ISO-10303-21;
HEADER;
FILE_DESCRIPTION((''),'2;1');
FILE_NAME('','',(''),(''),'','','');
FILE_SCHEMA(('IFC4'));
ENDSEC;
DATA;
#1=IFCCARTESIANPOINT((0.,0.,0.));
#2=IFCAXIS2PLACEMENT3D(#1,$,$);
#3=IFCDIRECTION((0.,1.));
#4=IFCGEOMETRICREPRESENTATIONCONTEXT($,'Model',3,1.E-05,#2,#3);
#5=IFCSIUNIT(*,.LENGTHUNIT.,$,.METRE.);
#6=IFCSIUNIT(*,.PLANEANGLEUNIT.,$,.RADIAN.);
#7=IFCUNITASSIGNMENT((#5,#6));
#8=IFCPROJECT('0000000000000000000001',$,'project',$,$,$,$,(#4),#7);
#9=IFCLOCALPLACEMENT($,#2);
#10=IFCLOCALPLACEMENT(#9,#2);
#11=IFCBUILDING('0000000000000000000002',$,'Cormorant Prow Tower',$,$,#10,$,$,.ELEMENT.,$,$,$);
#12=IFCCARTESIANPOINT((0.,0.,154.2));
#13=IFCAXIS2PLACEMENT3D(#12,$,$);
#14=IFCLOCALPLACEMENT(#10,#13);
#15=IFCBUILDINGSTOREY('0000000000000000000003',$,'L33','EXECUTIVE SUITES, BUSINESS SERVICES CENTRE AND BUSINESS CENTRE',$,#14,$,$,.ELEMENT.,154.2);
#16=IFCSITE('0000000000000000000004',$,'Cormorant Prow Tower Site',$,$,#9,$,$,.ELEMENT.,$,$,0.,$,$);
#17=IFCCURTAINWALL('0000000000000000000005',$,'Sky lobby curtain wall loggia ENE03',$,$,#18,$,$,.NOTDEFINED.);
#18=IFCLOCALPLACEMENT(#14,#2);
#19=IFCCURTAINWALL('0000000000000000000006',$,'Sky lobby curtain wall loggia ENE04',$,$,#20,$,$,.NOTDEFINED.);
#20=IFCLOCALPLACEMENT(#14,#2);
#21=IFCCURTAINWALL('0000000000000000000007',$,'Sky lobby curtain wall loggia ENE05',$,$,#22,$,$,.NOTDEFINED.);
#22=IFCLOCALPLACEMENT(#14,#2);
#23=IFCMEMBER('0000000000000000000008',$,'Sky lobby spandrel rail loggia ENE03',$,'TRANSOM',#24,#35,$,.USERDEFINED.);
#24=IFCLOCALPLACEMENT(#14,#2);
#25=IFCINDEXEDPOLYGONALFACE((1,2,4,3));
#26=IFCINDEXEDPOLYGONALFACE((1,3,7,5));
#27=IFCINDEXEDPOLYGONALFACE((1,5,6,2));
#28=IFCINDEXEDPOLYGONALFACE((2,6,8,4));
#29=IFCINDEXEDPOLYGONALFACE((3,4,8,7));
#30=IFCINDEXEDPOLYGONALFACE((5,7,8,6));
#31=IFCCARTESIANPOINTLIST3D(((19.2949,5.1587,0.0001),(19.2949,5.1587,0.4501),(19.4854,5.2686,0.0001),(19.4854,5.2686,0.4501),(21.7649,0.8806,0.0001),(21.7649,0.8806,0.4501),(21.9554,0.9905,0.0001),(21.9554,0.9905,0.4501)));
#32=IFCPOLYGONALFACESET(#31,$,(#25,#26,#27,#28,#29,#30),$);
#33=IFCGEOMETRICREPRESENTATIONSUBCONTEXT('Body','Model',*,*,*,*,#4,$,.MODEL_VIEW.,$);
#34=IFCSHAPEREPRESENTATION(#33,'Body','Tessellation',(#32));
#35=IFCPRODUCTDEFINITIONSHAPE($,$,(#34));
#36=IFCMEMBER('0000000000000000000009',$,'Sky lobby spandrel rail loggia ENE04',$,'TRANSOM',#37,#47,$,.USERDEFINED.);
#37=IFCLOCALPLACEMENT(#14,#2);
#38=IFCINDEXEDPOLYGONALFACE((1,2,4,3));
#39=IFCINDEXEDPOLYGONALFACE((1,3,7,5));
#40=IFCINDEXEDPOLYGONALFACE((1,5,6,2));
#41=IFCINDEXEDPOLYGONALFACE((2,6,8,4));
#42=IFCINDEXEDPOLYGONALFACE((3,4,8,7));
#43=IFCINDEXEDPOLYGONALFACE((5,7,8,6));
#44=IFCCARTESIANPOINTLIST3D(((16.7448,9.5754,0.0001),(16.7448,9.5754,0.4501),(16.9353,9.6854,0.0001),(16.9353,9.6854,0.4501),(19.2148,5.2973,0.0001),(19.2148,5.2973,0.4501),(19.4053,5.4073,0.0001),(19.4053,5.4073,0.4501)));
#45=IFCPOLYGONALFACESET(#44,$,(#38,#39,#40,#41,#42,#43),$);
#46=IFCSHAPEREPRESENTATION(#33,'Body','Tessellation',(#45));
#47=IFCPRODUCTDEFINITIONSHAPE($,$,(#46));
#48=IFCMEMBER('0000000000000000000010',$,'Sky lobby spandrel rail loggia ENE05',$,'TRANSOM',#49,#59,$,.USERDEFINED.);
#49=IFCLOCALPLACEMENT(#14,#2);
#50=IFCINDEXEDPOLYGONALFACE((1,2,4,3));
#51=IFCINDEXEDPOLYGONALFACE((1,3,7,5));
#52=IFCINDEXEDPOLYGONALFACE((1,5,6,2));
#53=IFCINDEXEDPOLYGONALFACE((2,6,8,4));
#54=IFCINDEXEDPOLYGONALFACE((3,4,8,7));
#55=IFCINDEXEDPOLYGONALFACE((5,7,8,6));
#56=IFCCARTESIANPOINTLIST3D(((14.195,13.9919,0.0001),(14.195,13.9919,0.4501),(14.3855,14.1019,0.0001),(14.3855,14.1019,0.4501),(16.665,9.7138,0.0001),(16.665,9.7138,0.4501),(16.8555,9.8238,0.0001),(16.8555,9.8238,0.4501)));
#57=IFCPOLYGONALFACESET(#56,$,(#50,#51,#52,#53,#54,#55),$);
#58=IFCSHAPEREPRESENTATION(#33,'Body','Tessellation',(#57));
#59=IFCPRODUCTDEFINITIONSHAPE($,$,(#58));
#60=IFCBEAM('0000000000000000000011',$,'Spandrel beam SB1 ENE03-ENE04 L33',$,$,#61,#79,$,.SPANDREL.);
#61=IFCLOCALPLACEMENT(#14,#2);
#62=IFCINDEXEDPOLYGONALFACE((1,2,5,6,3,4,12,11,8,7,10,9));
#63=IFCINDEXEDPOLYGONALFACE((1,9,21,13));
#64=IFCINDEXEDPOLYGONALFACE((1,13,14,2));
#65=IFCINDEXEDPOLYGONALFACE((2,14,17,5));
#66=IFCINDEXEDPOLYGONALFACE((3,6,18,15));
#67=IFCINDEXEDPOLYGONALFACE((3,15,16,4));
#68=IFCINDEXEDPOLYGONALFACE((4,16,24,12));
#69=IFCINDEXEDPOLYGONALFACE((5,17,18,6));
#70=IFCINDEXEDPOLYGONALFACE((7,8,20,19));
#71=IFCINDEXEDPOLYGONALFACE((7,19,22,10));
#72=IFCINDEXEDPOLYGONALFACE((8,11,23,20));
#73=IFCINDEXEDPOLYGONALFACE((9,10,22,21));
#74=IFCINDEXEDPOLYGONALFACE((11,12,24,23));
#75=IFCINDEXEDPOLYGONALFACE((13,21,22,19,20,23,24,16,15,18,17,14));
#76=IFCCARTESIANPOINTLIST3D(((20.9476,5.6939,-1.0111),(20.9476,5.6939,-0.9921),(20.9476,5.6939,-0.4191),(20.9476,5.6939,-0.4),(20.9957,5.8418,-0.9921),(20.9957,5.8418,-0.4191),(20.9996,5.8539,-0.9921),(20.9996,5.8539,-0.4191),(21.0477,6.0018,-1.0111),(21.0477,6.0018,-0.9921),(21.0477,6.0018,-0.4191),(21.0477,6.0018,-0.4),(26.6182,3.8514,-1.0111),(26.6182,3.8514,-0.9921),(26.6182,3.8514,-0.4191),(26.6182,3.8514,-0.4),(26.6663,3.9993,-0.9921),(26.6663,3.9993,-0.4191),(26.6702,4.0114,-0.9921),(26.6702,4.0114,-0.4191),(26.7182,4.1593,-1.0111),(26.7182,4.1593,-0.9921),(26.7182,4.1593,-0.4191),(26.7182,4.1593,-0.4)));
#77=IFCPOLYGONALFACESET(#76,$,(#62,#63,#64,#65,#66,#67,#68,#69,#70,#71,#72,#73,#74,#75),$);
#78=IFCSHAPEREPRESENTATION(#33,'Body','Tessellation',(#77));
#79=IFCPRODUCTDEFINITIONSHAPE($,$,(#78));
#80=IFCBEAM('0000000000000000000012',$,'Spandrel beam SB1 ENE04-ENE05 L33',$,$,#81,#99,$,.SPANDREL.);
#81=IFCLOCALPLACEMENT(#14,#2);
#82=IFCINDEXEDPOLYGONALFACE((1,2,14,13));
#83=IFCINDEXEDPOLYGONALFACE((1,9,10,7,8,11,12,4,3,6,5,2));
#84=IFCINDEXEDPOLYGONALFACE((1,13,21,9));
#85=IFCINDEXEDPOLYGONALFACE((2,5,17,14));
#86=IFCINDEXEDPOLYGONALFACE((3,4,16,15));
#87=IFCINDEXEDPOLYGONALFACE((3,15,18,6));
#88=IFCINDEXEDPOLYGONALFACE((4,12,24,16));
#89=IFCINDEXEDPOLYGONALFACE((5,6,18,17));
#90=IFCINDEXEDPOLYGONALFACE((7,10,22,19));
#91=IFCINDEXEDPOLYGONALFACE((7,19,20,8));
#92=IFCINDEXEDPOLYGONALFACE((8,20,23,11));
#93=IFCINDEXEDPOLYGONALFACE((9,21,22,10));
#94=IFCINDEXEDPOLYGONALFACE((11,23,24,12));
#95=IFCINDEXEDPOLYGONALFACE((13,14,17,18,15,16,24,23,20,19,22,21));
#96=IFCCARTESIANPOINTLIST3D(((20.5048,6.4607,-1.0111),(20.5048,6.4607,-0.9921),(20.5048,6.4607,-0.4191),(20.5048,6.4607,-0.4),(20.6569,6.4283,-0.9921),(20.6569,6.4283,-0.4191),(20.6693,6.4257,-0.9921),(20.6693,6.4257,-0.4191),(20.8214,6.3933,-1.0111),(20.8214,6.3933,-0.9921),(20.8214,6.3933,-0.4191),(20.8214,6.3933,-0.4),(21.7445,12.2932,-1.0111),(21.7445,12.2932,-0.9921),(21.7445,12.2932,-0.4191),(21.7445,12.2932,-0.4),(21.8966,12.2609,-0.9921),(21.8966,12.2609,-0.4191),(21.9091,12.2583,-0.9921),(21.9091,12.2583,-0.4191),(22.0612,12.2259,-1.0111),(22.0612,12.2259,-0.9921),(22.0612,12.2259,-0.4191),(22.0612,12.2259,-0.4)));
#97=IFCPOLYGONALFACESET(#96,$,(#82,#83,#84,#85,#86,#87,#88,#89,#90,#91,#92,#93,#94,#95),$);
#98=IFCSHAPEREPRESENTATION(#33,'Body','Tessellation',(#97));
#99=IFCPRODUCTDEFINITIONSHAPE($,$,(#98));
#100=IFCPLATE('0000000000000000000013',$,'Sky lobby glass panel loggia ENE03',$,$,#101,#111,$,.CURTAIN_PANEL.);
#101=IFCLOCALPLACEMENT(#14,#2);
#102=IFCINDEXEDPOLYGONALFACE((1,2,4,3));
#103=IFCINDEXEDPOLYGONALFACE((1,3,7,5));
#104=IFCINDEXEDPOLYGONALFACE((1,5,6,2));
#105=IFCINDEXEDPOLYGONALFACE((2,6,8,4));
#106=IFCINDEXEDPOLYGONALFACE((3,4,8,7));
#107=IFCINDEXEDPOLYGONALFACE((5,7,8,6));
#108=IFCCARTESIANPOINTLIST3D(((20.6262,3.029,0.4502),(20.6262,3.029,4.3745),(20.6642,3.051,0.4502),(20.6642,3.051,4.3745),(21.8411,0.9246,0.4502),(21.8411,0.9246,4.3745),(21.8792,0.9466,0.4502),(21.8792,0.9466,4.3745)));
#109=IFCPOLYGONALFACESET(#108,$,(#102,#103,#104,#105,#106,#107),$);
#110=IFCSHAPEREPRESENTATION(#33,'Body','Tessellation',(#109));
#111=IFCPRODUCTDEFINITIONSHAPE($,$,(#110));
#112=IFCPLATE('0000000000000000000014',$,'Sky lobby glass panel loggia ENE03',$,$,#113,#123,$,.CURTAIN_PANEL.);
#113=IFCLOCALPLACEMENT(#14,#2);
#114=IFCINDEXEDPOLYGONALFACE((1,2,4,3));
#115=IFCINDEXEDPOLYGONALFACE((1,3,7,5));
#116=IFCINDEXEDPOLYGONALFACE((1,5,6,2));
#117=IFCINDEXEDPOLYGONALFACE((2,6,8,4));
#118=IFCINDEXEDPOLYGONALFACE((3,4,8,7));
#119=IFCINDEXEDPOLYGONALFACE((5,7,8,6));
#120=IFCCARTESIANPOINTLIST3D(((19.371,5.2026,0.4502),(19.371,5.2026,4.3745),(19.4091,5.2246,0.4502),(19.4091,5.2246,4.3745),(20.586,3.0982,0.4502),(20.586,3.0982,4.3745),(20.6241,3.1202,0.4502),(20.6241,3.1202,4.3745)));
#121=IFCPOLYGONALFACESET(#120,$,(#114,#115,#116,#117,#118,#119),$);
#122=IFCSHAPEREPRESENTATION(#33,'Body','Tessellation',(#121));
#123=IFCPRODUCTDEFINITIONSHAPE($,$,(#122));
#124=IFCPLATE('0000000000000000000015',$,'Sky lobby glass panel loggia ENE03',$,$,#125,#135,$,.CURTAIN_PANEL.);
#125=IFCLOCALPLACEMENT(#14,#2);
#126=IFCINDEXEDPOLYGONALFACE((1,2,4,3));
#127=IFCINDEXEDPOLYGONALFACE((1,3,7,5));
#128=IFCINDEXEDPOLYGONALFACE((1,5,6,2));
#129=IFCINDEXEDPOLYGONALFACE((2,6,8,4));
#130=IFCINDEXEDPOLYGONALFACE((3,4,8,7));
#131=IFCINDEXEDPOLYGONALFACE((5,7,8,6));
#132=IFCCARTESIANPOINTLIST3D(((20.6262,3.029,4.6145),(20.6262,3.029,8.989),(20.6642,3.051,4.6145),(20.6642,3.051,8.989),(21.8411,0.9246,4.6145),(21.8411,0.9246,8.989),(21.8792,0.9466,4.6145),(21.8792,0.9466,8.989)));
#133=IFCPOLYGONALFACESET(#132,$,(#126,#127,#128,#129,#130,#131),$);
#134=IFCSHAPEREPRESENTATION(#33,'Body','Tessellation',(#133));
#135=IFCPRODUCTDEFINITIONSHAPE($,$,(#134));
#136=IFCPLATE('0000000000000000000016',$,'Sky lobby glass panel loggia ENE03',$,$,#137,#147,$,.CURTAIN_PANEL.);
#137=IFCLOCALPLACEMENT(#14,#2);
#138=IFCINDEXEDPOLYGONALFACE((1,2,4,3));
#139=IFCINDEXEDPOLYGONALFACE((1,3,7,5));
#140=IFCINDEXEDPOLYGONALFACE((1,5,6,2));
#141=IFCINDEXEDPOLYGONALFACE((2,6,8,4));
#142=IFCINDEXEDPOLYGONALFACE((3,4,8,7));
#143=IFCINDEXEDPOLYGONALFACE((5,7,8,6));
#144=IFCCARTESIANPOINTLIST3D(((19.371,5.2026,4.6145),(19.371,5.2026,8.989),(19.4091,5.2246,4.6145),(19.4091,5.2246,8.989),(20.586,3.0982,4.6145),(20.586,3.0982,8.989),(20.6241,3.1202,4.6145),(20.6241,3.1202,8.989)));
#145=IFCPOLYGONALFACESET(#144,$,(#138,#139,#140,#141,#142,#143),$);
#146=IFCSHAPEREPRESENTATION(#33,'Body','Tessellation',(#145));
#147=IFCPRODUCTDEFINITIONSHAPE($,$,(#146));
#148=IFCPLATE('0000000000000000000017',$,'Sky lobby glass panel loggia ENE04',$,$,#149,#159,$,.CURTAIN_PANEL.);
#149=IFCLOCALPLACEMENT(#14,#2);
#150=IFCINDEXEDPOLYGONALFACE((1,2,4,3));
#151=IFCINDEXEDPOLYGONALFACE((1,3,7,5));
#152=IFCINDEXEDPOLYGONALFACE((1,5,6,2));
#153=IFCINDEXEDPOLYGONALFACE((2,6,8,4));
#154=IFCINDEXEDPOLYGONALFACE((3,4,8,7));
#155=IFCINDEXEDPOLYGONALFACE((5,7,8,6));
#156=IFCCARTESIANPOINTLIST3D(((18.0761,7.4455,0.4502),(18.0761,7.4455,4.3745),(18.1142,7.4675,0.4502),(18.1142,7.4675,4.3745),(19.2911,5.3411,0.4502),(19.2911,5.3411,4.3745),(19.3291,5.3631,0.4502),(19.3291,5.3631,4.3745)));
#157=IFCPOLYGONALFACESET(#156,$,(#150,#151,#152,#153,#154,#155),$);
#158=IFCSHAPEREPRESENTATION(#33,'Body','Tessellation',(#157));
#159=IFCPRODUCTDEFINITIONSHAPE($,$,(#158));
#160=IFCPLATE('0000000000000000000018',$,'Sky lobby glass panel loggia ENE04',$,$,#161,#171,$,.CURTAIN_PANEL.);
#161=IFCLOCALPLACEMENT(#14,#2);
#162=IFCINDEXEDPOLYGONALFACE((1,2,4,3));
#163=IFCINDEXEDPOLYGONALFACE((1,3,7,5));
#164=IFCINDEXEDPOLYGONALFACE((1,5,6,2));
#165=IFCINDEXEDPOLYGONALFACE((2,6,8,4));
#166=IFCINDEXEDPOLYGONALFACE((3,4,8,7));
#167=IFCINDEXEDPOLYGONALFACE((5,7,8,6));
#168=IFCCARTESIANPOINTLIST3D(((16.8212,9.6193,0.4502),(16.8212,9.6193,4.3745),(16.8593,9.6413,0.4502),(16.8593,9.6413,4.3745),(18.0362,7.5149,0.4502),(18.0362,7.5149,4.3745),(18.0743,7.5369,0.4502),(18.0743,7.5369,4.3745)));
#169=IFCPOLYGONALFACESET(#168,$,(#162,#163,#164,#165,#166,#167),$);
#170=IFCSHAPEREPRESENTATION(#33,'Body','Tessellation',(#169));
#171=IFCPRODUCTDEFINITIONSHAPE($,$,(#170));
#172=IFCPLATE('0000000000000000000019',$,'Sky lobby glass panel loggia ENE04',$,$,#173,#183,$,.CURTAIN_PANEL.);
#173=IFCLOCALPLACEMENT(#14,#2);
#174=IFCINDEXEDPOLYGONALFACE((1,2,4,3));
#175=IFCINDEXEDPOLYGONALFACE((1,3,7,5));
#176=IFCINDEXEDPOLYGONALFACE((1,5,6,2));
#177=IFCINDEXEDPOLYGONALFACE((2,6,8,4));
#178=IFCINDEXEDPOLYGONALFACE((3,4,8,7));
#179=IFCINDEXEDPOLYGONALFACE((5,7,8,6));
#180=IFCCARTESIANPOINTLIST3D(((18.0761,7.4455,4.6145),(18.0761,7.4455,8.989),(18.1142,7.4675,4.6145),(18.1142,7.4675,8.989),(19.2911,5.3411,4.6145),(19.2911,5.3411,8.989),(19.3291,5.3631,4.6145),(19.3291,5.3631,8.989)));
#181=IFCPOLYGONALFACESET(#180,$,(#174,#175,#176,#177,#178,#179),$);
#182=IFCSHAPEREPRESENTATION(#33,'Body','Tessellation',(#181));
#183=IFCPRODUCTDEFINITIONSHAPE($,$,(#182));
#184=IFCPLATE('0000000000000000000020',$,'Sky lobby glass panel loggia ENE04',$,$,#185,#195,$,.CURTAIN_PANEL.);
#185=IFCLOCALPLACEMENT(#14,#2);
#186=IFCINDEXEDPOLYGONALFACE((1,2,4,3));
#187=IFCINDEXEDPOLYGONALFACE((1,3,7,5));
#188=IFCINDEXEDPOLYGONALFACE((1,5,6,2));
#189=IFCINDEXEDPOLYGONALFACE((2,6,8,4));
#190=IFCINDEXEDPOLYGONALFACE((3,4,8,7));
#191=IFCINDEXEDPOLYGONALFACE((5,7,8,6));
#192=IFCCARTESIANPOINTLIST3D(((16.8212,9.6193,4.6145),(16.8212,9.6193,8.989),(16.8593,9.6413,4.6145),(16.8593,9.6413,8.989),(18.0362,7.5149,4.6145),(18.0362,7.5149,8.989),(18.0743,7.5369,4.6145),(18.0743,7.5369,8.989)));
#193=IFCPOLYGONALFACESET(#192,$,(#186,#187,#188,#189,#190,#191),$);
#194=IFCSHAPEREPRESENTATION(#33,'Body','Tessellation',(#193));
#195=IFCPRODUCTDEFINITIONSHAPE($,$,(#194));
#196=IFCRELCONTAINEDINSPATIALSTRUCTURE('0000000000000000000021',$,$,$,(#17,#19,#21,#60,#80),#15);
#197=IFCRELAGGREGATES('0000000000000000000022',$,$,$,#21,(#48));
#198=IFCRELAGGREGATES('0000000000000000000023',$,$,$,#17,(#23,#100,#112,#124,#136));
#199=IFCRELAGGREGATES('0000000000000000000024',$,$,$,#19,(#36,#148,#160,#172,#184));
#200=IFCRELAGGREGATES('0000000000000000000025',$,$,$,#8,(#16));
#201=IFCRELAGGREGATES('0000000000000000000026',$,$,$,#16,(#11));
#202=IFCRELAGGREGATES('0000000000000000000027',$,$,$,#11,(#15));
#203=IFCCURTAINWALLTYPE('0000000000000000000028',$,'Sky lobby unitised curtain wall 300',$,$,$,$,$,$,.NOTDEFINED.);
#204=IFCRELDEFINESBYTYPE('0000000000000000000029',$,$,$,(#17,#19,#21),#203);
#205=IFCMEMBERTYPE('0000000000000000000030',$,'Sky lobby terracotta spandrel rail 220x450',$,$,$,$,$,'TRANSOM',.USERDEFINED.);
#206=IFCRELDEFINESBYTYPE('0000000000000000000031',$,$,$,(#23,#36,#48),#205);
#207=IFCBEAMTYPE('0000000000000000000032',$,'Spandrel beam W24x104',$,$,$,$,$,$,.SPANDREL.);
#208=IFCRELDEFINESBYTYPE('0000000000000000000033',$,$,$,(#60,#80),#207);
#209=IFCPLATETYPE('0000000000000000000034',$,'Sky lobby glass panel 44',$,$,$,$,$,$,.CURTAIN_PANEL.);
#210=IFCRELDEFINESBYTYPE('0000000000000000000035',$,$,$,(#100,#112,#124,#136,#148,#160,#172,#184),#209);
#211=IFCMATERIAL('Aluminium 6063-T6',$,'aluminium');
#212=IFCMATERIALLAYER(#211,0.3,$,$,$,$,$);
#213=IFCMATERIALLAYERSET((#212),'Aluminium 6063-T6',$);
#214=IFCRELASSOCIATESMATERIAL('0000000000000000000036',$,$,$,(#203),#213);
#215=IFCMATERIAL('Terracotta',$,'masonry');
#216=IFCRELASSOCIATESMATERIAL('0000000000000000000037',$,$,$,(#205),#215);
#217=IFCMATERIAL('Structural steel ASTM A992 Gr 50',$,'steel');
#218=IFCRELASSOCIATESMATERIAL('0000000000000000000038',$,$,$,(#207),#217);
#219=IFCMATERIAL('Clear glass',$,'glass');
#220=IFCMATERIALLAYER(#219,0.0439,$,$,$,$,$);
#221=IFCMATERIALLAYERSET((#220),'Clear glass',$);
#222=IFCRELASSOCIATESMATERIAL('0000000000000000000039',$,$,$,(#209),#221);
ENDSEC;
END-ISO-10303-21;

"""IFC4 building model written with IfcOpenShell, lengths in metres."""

from ifc_helpers import new_model, si_unit, direction, frame, origin, origin_2d, place, context, subcontext, project, spatial, rectangle, i_section, extrude, material, layer, layer_set, material_profile, profile_set, type_object, element, aggregate, save


model = new_model("IFC4")

# Units and contexts
model_context = context("Model", 3, precision=1e-05, world=origin(), true_north=direction((0.0, 1.0)))
body_context = subcontext(model_context, "Body", "Model", "MODEL_VIEW")
ifc_project = project(units=[si_unit("LENGTHUNIT", "METRE"), si_unit("PLANEANGLEUNIT", "RADIAN")], contexts=[model_context])

# Site, building, storey
site_placement = place(None, origin())
site = spatial("IfcSite", under=ifc_project, at=site_placement, Name="Cormorant Prow Tower Site", CompositionType="ELEMENT", RefElevation=0.0)
building_placement = place(site_placement, origin())
building = spatial("IfcBuilding", under=site, at=building_placement, Name="Cormorant Prow Tower", CompositionType="ELEMENT")
storey_placement = place(building_placement, frame((0.0, 0.0, 154.2)))
storey = spatial("IfcBuildingStorey", under=building, at=storey_placement, Name="L33", Description="EXECUTIVE SUITES, BUSINESS SERVICES CENTRE AND BUSINESS CENTRE", CompositionType="ELEMENT", Elevation=154.2)

# Curtain walls
ifc_material_1 = material(Name="Aluminium 6063-T6", Category="aluminium")
ifc_layer_1 = layer(ifc_material_1, 0.3)
ifc_layer_set_1 = layer_set([ifc_layer_1], Name="Aluminium 6063-T6")
curtain_wall_type = type_object("IfcCurtainWallType", Name="Sky lobby unitised curtain wall 300", PredefinedType="NOTDEFINED", material=ifc_layer_set_1)
curtain_wall_1_placement = place(storey_placement, origin())
curtain_wall_1 = element("IfcCurtainWall", 1, at=curtain_wall_1_placement, inside=storey, type_object=curtain_wall_type, Name="Sky lobby curtain wall loggia ENE03", PredefinedType="NOTDEFINED")
curtain_wall_2_placement = place(storey_placement, origin())
curtain_wall_2 = element("IfcCurtainWall", 2, at=curtain_wall_2_placement, inside=storey, type_object=curtain_wall_type, Name="Sky lobby curtain wall loggia ENE04", PredefinedType="NOTDEFINED")

# Curtain wall
curtain_wall_3_placement = place(storey_placement, origin())
curtain_wall_3 = element("IfcCurtainWall", 3, at=curtain_wall_3_placement, inside=storey, type_object=curtain_wall_type, Name="Sky lobby curtain wall loggia ENE05", PredefinedType="NOTDEFINED")

# Members
ifc_material_2 = material(Name="Terracotta", Category="masonry")
ifc_material_profile_1 = material_profile(ifc_material_2, rectangle(XDim=0.22, YDim=0.45, at=origin_2d()), Name="Sky lobby terracotta spandrel rail 220x450")
ifc_profile_set_1 = profile_set([ifc_material_profile_1], Name="Terracotta")
member_type_1 = type_object("IfcMemberType", Name="Sky lobby terracotta spandrel rail 220x450", ElementType="TRANSOM", PredefinedType="USERDEFINED", material=ifc_profile_set_1)
member_1_placement = place(storey_placement, frame((21.8601, 0.9355, 0.2251), z_axis=(-0.500003, 0.866023, 0.0), x_axis=(-0.866023, -0.500003, 0.0)))
member_1 = element("IfcMember", 4, at=member_1_placement, type_object=member_type_1, Name="Sky lobby spandrel rail loggia ENE03", ObjectType="TRANSOM", PredefinedType="USERDEFINED", context=body_context, shape_type="SweptSolid", body=[
    extrude(rectangle(XDim=0.22, YDim=0.45, at=origin_2d()), origin(), (0.0, 0.0, 1.0), 4.9399),
])
member_2_placement = place(storey_placement, frame((19.3101, 5.3523, 0.2251), z_axis=(-0.500003, 0.866023, 0.0), x_axis=(-0.866023, -0.500003, 0.0)))
member_2 = element("IfcMember", 5, at=member_2_placement, type_object=member_type_1, Name="Sky lobby spandrel rail loggia ENE04", ObjectType="TRANSOM", PredefinedType="USERDEFINED", context=body_context, shape_type="SweptSolid", body=[
    extrude(rectangle(XDim=0.22, YDim=0.45, at=origin_2d()), origin(), (0.0, 0.0, 1.0), 4.9399),
])
member_3_placement = place(storey_placement, frame((16.7603, 9.7688, 0.2251), z_axis=(-0.500003, 0.866023, 0.0), x_axis=(-0.866023, -0.500003, 0.0)))
member_3 = element("IfcMember", 6, at=member_3_placement, type_object=member_type_1, Name="Sky lobby spandrel rail loggia ENE05", ObjectType="TRANSOM", PredefinedType="USERDEFINED", context=body_context, shape_type="SweptSolid", body=[
    extrude(rectangle(XDim=0.22, YDim=0.45, at=origin_2d()), origin(), (0.0, 0.0, 1.0), 4.9399),
])
aggregate(curtain_wall_3, [member_3])

# Beams
ifc_material_3 = material(Name="Structural steel ASTM A992 Gr 50", Category="steel")
ifc_material_profile_2 = material_profile(ifc_material_3, i_section(OverallWidth=0.3237, OverallDepth=0.6111, WebThickness=0.0127, FlangeThickness=0.019, at=origin_2d()), Name="W24x104")
ifc_profile_set_2 = profile_set([ifc_material_profile_2], Name="Structural steel ASTM A992 Gr 50")
beam_type = type_object("IfcBeamType", Name="Spandrel beam W24x104", PredefinedType="SPANDREL", material=ifc_profile_set_2)
beam_1_placement = place(storey_placement, frame((26.6682, 4.0054, -0.7056), z_axis=(-0.951055, 0.30902, 0.0), x_axis=(-0.30902, -0.951055, 0.0)))
element("IfcBeam", 7, at=beam_1_placement, inside=storey, type_object=beam_type, Name="Spandrel beam SB1 ENE03-ENE04 L33", PredefinedType="SPANDREL", context=body_context, shape_type="SweptSolid", body=[
    extrude(i_section(OverallWidth=0.3237, OverallDepth=0.6111, WebThickness=0.0127, FlangeThickness=0.019, at=origin_2d()), origin(), (0.0, 0.0, 1.0), 5.9624),
])
beam_2_placement = place(storey_placement, frame((20.6631, 6.427, -0.7056), z_axis=(0.207913, 0.978147, 0.0), x_axis=(-0.978147, 0.207913, 0.0)))
element("IfcBeam", 8, at=beam_2_placement, inside=storey, type_object=beam_type, Name="Spandrel beam SB1 ENE04-ENE05 L33", PredefinedType="SPANDREL", context=body_context, shape_type="SweptSolid", body=[
    extrude(i_section(OverallWidth=0.3237, OverallDepth=0.6111, WebThickness=0.0127, FlangeThickness=0.019, at=origin_2d()), origin(), (0.0, 0.0, 1.0), 5.9629),
])

# Plates
ifc_material_4 = material(Name="Clear glass", Category="glass")
ifc_layer_2 = layer(ifc_material_4, 0.0439)
ifc_layer_set_2 = layer_set([ifc_layer_2], Name="Clear glass")
plate_type = type_object("IfcPlateType", Name="Sky lobby glass panel 44", PredefinedType="CURTAIN_PANEL", material=ifc_layer_set_2)
plate_1_placement = place(storey_placement, frame((21.2527, 1.9878, 0.4502), z_axis=(0.0, 0.0, 1.0), x_axis=(-0.5, 0.866025, 0.0)))
plate_1 = element("IfcPlate", 9, at=plate_1_placement, type_object=plate_type, Name="Sky lobby glass panel loggia ENE03", PredefinedType="CURTAIN_PANEL", context=body_context, shape_type="SweptSolid", body=[
    extrude(rectangle(XDim=2.4299, YDim=0.0439, at=origin_2d()), origin(), (0.0, 0.0, 1.0), 3.9243),
])
plate_2_placement = place(storey_placement, frame((19.9976, 4.1614, 0.4502), z_axis=(0.0, 0.0, 1.0), x_axis=(-0.5, 0.866025, 0.0)))
plate_2 = element("IfcPlate", 10, at=plate_2_placement, type_object=plate_type, Name="Sky lobby glass panel loggia ENE03", PredefinedType="CURTAIN_PANEL", context=body_context, shape_type="SweptSolid", body=[
    extrude(rectangle(XDim=2.4299, YDim=0.0439, at=origin_2d()), origin(), (0.0, 0.0, 1.0), 3.9243),
])
plate_3_placement = place(storey_placement, frame((21.2527, 1.9878, 4.6145), z_axis=(0.0, 0.0, 1.0), x_axis=(-0.5, 0.866025, 0.0)))
plate_3 = element("IfcPlate", 11, at=plate_3_placement, type_object=plate_type, Name="Sky lobby glass panel loggia ENE03", PredefinedType="CURTAIN_PANEL", context=body_context, shape_type="SweptSolid", body=[
    extrude(rectangle(XDim=2.4299, YDim=0.0439, at=origin_2d()), origin(), (0.0, 0.0, 1.0), 4.3745),
])
plate_4_placement = place(storey_placement, frame((19.9976, 4.1614, 4.6145), z_axis=(0.0, 0.0, 1.0), x_axis=(-0.5, 0.866025, 0.0)))
plate_4 = element("IfcPlate", 12, at=plate_4_placement, type_object=plate_type, Name="Sky lobby glass panel loggia ENE03", PredefinedType="CURTAIN_PANEL", context=body_context, shape_type="SweptSolid", body=[
    extrude(rectangle(XDim=2.4299, YDim=0.0439, at=origin_2d()), origin(), (0.0, 0.0, 1.0), 4.3745),
])
aggregate(curtain_wall_1, [member_1, plate_1, plate_2, plate_3, plate_4])
plate_5_placement = place(storey_placement, frame((18.7026, 6.4043, 0.4502), z_axis=(0.0, 0.0, 1.0), x_axis=(-0.5, 0.866025, 0.0)))
plate_5 = element("IfcPlate", 13, at=plate_5_placement, type_object=plate_type, Name="Sky lobby glass panel loggia ENE04", PredefinedType="CURTAIN_PANEL", context=body_context, shape_type="SweptSolid", body=[
    extrude(rectangle(XDim=2.4299, YDim=0.0439, at=origin_2d()), origin(), (0.0, 0.0, 1.0), 3.9243),
])
plate_6_placement = place(storey_placement, frame((17.4478, 8.5781, 0.4502), z_axis=(0.0, 0.0, 1.0), x_axis=(-0.5, 0.866025, 0.0)))
plate_6 = element("IfcPlate", 14, at=plate_6_placement, type_object=plate_type, Name="Sky lobby glass panel loggia ENE04", PredefinedType="CURTAIN_PANEL", context=body_context, shape_type="SweptSolid", body=[
    extrude(rectangle(XDim=2.4299, YDim=0.0439, at=origin_2d()), origin(), (0.0, 0.0, 1.0), 3.9243),
])
plate_7_placement = place(storey_placement, frame((18.7026, 6.4043, 4.6145), z_axis=(0.0, 0.0, 1.0), x_axis=(-0.5, 0.866025, 0.0)))
plate_7 = element("IfcPlate", 15, at=plate_7_placement, type_object=plate_type, Name="Sky lobby glass panel loggia ENE04", PredefinedType="CURTAIN_PANEL", context=body_context, shape_type="SweptSolid", body=[
    extrude(rectangle(XDim=2.4299, YDim=0.0439, at=origin_2d()), origin(), (0.0, 0.0, 1.0), 4.3745),
])
plate_8_placement = place(storey_placement, frame((17.4478, 8.5781, 4.6145), z_axis=(0.0, 0.0, 1.0), x_axis=(-0.5, 0.866025, 0.0)))
plate_8 = element("IfcPlate", 16, at=plate_8_placement, type_object=plate_type, Name="Sky lobby glass panel loggia ENE04", PredefinedType="CURTAIN_PANEL", context=body_context, shape_type="SweptSolid", body=[
    extrude(rectangle(XDim=2.4299, YDim=0.0439, at=origin_2d()), origin(), (0.0, 0.0, 1.0), 4.3745),
])
aggregate(curtain_wall_2, [member_2, plate_5, plate_6, plate_7, plate_8])

save(model, "model.ifc")
